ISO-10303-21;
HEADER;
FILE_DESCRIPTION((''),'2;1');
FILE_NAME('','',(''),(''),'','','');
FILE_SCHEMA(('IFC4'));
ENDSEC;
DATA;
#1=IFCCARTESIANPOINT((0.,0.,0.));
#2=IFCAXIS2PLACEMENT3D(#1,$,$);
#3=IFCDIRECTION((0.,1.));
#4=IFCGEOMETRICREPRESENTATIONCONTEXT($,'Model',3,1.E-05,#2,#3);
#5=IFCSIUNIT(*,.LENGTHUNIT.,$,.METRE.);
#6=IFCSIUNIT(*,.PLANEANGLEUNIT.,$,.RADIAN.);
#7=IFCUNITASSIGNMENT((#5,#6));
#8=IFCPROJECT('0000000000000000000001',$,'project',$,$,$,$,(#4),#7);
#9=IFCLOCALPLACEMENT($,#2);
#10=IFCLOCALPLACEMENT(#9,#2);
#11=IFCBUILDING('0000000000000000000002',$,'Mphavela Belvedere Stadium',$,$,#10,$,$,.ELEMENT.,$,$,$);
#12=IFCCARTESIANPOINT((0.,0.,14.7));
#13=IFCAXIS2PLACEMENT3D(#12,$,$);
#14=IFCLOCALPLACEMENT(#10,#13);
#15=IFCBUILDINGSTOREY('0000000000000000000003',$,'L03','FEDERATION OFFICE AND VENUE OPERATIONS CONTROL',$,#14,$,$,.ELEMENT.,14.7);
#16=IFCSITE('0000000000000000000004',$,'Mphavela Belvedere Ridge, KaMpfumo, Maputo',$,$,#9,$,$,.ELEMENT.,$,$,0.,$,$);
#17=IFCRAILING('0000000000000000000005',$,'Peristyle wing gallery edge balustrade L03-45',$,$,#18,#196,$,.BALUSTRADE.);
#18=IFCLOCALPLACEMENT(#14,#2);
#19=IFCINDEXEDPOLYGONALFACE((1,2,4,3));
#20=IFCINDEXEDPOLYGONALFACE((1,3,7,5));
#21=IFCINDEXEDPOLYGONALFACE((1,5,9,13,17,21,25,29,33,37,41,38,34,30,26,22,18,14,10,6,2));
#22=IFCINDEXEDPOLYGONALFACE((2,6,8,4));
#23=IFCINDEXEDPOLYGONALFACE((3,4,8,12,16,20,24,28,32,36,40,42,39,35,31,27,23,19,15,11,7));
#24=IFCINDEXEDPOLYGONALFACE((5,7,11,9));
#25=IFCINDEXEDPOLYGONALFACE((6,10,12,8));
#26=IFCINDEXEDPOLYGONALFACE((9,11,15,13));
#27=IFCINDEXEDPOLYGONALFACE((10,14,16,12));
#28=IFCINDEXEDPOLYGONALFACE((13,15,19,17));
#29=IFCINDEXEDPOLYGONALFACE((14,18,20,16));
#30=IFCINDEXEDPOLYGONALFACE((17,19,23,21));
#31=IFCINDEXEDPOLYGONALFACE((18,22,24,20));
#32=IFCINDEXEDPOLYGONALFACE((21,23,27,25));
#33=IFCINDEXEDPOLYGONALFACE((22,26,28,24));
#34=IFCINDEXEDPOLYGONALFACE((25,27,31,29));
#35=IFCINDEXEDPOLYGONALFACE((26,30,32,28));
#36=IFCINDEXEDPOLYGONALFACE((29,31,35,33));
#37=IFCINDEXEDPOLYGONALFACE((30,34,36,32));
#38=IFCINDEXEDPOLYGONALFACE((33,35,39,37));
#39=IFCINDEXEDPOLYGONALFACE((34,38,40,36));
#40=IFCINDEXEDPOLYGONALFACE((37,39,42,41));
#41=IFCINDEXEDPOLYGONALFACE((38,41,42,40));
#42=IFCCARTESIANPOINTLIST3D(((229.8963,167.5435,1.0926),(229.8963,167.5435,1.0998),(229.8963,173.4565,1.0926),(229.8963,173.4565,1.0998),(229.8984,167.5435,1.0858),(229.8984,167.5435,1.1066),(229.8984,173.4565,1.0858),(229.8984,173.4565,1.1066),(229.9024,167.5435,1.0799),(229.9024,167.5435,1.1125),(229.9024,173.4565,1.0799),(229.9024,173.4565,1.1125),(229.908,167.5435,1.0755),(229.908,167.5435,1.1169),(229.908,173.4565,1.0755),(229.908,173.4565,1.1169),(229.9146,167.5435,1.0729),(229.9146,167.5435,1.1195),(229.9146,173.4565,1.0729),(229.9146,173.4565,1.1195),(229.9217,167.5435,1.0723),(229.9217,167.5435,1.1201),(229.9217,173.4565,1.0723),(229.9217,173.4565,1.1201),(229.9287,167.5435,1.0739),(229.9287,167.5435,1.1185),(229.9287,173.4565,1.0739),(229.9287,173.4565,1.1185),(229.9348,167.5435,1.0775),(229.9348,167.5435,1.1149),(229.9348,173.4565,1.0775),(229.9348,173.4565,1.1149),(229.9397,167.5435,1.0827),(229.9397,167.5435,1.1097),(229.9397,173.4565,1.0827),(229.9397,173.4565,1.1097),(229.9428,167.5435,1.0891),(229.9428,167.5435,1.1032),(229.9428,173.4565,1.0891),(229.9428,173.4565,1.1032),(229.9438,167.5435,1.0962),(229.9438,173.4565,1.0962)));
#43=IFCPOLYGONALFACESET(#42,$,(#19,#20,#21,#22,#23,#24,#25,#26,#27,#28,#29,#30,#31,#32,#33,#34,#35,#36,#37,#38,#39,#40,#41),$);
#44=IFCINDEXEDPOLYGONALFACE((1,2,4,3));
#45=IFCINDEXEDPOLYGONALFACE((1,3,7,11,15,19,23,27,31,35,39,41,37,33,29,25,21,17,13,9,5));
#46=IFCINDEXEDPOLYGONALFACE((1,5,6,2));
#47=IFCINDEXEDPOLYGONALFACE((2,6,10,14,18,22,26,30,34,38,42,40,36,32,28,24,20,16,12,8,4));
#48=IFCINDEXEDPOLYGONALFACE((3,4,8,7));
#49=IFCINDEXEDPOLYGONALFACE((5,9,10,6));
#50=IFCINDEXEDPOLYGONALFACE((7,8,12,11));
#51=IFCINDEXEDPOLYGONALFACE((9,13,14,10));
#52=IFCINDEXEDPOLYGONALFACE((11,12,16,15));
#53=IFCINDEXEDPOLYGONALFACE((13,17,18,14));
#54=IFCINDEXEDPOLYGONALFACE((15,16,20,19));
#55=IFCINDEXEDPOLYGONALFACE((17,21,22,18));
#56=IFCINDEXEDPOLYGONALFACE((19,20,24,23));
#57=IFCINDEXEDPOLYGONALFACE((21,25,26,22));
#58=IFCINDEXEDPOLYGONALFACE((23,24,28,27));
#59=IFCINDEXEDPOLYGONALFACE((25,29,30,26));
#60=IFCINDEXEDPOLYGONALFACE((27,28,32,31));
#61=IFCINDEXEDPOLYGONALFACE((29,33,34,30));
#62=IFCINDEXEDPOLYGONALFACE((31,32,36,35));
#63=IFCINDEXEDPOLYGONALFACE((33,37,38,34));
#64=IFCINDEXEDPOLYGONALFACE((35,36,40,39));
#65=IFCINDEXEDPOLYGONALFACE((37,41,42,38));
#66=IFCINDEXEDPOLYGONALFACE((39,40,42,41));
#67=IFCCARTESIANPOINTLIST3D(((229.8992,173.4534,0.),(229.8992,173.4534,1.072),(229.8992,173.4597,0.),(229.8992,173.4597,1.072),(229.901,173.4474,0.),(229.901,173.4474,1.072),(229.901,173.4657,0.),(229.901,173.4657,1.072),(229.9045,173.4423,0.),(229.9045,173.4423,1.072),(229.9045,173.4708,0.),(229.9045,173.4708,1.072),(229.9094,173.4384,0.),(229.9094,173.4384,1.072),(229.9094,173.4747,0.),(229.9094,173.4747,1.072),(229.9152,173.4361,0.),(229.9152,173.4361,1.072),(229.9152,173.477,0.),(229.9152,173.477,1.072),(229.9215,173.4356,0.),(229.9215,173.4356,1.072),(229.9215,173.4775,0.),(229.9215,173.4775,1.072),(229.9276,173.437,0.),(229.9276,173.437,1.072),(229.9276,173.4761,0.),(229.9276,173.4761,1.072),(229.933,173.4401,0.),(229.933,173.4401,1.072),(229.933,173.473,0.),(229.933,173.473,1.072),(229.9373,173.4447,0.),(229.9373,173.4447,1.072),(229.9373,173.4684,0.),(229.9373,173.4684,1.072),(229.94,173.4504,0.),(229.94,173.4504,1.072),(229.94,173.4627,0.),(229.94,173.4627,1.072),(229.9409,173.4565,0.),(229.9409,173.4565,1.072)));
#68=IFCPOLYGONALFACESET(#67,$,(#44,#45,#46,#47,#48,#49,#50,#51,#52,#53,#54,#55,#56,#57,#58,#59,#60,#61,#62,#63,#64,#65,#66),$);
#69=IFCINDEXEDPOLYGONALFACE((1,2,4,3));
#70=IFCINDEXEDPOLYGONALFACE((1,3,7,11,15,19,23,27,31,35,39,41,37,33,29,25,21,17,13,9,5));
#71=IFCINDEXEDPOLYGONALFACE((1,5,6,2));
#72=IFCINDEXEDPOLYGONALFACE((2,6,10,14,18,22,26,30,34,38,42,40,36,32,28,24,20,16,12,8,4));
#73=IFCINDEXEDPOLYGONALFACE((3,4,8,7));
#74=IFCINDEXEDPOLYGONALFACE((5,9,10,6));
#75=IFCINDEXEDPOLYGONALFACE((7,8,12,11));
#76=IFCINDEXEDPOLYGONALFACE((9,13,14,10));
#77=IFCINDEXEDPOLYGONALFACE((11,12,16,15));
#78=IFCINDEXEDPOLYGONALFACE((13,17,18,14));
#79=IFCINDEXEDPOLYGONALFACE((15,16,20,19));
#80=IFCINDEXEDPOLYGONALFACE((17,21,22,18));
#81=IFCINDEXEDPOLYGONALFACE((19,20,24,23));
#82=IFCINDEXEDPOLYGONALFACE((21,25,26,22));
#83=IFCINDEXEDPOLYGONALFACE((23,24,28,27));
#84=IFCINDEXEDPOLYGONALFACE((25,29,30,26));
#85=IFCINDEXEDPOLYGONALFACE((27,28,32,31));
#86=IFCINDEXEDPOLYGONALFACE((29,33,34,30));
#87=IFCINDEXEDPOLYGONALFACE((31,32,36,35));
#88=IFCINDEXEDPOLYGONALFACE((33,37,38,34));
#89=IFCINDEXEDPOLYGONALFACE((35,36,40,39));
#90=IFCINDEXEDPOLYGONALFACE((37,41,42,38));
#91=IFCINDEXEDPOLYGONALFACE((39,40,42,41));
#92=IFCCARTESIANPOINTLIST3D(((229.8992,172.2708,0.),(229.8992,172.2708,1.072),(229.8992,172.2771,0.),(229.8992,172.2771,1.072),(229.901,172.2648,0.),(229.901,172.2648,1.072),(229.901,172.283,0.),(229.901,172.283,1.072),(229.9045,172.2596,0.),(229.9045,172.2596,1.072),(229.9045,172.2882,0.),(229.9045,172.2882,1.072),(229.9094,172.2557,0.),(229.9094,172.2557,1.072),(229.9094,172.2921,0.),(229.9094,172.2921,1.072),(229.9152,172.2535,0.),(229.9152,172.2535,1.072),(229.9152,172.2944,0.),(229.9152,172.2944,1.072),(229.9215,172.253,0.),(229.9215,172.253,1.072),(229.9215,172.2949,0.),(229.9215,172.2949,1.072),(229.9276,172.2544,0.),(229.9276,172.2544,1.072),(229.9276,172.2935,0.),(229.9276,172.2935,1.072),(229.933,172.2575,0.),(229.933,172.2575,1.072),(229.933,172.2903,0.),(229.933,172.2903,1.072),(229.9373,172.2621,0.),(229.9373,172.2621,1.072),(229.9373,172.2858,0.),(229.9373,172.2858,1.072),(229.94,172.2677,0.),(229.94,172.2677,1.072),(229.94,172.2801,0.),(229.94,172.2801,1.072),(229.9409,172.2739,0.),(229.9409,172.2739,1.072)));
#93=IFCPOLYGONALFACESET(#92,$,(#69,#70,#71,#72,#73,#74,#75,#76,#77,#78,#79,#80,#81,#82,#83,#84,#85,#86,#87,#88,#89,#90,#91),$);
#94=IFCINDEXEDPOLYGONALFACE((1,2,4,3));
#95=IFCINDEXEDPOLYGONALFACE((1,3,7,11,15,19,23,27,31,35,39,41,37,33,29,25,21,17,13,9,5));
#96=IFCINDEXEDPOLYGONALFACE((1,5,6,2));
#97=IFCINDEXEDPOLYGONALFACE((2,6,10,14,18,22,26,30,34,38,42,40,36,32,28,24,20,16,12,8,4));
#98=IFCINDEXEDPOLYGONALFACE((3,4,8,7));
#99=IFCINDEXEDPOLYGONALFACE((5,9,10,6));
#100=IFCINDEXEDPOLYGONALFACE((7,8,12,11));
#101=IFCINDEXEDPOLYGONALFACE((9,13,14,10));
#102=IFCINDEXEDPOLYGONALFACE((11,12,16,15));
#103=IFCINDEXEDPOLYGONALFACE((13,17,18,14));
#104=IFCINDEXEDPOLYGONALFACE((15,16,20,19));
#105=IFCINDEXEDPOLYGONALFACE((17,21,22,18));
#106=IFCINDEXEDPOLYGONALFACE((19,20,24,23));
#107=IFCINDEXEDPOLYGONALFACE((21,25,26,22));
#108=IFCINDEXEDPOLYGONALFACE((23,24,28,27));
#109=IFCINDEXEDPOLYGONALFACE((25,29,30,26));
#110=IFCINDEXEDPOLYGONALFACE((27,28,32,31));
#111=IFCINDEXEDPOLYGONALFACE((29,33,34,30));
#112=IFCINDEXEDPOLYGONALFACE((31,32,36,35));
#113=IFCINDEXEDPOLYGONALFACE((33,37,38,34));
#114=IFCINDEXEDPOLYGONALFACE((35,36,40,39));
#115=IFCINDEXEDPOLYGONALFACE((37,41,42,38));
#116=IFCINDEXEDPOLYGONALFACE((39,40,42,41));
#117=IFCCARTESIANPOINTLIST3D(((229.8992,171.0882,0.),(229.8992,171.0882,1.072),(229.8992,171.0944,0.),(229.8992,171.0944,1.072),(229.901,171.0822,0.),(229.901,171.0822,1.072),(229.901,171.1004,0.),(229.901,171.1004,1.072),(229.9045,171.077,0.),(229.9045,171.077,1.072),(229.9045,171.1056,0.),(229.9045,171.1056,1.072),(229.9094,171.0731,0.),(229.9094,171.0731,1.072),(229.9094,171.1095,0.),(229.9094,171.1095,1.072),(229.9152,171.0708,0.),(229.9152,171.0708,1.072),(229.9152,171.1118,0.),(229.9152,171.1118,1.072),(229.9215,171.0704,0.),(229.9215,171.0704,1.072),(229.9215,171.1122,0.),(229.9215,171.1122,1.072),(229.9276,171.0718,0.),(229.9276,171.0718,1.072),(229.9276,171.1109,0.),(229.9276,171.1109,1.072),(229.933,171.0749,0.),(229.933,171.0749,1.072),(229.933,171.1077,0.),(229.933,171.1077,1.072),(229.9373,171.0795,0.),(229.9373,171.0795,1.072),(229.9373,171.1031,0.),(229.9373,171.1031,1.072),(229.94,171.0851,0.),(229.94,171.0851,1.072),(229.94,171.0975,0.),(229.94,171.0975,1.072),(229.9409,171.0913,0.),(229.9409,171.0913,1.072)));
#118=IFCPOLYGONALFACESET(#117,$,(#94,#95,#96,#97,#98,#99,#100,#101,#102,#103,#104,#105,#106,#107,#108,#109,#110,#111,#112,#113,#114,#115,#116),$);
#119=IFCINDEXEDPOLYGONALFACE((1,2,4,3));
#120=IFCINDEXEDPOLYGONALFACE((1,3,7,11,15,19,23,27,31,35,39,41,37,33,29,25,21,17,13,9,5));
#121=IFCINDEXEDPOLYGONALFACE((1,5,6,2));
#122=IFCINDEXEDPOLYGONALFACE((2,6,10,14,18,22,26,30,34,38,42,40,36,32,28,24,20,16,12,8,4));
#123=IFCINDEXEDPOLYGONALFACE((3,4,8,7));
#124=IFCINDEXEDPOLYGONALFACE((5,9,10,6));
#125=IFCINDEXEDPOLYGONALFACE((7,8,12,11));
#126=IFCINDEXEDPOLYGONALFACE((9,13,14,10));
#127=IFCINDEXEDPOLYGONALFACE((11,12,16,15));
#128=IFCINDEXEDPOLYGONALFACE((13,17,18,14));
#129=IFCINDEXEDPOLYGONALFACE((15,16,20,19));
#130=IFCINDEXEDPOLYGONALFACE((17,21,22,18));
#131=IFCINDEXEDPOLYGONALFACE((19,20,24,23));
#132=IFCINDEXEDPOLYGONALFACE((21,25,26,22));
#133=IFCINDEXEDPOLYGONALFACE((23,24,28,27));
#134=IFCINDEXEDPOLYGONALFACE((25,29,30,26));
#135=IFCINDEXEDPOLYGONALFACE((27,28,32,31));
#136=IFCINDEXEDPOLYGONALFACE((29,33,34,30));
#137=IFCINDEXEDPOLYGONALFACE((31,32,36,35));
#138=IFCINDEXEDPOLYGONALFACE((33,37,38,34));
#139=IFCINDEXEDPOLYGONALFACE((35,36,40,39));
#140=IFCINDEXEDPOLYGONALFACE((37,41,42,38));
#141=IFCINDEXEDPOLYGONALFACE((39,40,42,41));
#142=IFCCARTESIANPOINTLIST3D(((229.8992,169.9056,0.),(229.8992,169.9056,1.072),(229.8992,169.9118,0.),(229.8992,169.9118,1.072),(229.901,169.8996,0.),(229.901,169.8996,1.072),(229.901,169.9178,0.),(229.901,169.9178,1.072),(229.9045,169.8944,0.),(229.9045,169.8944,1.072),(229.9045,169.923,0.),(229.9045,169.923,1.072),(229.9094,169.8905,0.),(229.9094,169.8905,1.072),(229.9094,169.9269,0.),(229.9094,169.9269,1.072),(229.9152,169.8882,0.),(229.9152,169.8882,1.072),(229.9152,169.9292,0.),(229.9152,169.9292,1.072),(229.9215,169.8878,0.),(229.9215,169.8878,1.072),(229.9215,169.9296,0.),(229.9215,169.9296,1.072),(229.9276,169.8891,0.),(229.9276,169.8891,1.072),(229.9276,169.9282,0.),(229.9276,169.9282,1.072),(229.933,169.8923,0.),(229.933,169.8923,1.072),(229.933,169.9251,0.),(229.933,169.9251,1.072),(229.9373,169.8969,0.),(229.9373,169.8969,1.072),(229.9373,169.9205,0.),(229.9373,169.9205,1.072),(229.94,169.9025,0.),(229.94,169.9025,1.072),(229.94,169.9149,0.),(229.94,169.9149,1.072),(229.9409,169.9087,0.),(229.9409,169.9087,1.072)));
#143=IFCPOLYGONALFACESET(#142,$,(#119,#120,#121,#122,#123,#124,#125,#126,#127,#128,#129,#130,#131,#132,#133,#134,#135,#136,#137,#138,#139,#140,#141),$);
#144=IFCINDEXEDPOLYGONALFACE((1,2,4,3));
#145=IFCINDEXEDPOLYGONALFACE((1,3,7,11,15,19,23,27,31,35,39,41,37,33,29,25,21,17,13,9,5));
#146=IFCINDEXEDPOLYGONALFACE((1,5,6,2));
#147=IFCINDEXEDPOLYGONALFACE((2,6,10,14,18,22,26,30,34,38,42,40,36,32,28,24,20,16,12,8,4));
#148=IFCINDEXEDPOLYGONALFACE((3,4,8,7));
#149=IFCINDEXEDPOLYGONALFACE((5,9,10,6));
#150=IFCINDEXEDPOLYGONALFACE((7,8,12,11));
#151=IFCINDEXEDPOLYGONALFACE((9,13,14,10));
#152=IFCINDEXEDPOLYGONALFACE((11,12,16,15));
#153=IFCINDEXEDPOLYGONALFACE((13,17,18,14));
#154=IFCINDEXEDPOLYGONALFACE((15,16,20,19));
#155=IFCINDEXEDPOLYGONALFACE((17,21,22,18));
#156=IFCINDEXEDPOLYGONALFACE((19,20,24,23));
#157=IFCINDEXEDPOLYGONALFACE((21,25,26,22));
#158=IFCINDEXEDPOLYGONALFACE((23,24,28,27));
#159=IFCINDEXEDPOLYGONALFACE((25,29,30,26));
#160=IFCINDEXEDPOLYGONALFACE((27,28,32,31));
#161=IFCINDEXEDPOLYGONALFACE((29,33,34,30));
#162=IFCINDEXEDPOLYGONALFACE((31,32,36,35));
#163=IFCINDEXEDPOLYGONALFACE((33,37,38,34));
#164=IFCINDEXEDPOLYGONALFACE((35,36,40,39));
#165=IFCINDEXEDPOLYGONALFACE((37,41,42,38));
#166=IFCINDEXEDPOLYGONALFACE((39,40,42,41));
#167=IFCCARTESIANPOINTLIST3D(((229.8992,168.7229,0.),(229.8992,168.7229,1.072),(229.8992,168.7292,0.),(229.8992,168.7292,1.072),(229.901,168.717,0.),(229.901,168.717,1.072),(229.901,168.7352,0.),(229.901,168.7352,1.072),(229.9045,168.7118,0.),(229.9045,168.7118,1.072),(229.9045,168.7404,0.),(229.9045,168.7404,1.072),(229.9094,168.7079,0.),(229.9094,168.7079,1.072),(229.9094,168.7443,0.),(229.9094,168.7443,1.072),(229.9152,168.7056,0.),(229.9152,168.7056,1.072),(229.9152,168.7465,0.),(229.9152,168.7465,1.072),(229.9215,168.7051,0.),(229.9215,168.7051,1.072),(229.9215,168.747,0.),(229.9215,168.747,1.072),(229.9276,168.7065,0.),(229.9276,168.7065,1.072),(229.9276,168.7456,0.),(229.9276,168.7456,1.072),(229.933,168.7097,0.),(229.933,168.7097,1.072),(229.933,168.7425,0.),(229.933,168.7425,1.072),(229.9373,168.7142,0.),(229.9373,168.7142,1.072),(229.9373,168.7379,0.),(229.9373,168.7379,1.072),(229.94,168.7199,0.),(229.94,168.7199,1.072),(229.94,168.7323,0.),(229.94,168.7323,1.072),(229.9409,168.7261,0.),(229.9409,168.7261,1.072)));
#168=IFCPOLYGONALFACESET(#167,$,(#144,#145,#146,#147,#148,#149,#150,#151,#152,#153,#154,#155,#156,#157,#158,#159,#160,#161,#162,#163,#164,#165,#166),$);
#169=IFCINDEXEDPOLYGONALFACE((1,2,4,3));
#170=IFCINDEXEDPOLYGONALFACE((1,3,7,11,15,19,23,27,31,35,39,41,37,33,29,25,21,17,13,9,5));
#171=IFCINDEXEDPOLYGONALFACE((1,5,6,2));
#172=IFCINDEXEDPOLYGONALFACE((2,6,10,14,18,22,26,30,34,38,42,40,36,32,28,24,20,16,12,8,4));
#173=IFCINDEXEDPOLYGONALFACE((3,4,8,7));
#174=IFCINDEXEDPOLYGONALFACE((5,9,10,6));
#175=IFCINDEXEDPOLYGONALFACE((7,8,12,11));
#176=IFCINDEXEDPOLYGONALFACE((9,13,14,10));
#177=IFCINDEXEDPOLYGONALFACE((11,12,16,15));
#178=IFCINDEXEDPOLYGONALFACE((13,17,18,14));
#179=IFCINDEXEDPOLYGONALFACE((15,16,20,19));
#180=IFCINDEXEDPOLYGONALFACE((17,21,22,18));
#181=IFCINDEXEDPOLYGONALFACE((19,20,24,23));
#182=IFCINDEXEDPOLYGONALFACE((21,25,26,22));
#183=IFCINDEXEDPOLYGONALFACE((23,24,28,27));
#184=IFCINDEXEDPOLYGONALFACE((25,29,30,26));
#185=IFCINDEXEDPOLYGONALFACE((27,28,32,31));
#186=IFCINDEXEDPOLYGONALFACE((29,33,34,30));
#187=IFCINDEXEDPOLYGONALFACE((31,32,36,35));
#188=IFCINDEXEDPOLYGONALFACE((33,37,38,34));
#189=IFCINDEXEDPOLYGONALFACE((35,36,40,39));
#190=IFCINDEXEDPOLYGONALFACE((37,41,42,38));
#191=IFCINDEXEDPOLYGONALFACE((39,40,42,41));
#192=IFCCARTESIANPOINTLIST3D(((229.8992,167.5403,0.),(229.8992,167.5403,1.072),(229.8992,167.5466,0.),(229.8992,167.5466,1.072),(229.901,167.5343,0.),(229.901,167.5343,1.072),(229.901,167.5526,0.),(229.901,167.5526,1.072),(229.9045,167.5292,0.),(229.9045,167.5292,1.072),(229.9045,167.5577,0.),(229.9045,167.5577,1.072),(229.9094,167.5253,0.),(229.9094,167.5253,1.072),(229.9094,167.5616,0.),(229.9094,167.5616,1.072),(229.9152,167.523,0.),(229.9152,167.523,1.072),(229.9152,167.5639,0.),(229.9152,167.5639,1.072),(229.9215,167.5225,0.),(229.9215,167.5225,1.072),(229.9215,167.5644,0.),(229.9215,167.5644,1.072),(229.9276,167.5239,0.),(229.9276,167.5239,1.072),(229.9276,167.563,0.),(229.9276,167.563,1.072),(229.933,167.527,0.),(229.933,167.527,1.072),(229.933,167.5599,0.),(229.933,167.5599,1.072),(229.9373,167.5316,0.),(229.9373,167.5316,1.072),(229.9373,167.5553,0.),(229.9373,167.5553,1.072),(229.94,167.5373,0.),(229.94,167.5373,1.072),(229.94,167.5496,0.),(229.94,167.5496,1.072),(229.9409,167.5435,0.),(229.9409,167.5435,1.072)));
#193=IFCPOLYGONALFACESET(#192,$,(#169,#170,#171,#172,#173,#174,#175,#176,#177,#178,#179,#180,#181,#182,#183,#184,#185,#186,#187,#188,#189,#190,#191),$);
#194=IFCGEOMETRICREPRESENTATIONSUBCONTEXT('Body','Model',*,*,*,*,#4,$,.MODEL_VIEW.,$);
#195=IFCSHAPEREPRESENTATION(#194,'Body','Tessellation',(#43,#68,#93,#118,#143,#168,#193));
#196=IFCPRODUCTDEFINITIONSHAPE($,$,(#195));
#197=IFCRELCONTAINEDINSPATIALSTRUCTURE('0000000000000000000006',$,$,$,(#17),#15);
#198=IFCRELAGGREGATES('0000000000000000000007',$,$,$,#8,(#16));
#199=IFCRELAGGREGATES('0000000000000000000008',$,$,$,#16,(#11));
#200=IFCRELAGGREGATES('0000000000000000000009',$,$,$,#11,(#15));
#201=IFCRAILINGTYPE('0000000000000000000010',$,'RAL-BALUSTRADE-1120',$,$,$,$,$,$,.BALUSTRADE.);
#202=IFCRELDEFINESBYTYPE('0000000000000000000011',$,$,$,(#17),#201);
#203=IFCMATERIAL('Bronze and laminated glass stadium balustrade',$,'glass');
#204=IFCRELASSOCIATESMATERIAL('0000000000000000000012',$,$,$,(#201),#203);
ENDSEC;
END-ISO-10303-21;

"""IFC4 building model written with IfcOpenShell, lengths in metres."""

from ifc_helpers import new_model, si_unit, direction, frame, origin, origin_2d, place, context, subcontext, project, spatial, circle, extrude, material, type_object, element, save


model = new_model("IFC4")

# Units and contexts
model_context = context("Model", 3, precision=1e-05, world=origin(), true_north=direction((0.0, 1.0)))
body_context = subcontext(model_context, "Body", "Model", "MODEL_VIEW")
ifc_project = project(units=[si_unit("LENGTHUNIT", "METRE"), si_unit("PLANEANGLEUNIT", "RADIAN")], contexts=[model_context])

# Site, building, storey
site_placement = place(None, origin())
site = spatial("IfcSite", under=ifc_project, at=site_placement, Name="Mphavela Belvedere Ridge, KaMpfumo, Maputo", CompositionType="ELEMENT", RefElevation=0.0)
building_placement = place(site_placement, origin())
building = spatial("IfcBuilding", under=site, at=building_placement, Name="Mphavela Belvedere Stadium", CompositionType="ELEMENT")
storey_placement = place(building_placement, frame((0.0, 0.0, 14.7)))
storey = spatial("IfcBuildingStorey", under=building, at=storey_placement, Name="L03", Description="FEDERATION OFFICE AND VENUE OPERATIONS CONTROL", CompositionType="ELEMENT", Elevation=14.7)

# Railing
ifc_material_1 = material(Name="Bronze and laminated glass stadium balustrade", Category="glass")
railing_type = type_object("IfcRailingType", Name="RAL-BALUSTRADE-1120", PredefinedType="BALUSTRADE", material=ifc_material_1)
for number, where, name in (
    (1, (229.9199, 173.4565, 0.0), "Peristyle wing gallery edge balustrade L03-45"),
):
    element("IfcRailing", number, at=place(storey_placement, frame(where)), inside=storey, type_object=railing_type, Name=name, PredefinedType="BALUSTRADE", context=body_context, shape_type="SweptSolid", body=[
        extrude(circle(Radius=0.0239, at=origin_2d()), frame((0.0, 0.0, 1.0962), z_axis=(0.0, -1.0, 0.0), x_axis=(1.0, 0.0, 0.0)), (0.0, 0.0, 1.0), 5.9131),
        extrude(circle(Radius=0.021, at=origin_2d()), origin(), (0.0, 0.0, 1.0), 1.072),
        extrude(circle(Radius=0.021, at=origin_2d()), frame((0.0, -1.1826, 0.0)), (0.0, 0.0, 1.0), 1.072),
        extrude(circle(Radius=0.021, at=origin_2d()), frame((0.0, -2.3652, 0.0)), (0.0, 0.0, 1.0), 1.072),
        extrude(circle(Radius=0.021, at=origin_2d()), frame((0.0, -3.5479, 0.0)), (0.0, 0.0, 1.0), 1.072),
        extrude(circle(Radius=0.021, at=origin_2d()), frame((0.0, -4.7305, 0.0)), (0.0, 0.0, 1.0), 1.072),
        extrude(circle(Radius=0.021, at=origin_2d()), frame((0.0, -5.9131, 0.0)), (0.0, 0.0, 1.0), 1.072),
    ])

save(model, "model.ifc")
